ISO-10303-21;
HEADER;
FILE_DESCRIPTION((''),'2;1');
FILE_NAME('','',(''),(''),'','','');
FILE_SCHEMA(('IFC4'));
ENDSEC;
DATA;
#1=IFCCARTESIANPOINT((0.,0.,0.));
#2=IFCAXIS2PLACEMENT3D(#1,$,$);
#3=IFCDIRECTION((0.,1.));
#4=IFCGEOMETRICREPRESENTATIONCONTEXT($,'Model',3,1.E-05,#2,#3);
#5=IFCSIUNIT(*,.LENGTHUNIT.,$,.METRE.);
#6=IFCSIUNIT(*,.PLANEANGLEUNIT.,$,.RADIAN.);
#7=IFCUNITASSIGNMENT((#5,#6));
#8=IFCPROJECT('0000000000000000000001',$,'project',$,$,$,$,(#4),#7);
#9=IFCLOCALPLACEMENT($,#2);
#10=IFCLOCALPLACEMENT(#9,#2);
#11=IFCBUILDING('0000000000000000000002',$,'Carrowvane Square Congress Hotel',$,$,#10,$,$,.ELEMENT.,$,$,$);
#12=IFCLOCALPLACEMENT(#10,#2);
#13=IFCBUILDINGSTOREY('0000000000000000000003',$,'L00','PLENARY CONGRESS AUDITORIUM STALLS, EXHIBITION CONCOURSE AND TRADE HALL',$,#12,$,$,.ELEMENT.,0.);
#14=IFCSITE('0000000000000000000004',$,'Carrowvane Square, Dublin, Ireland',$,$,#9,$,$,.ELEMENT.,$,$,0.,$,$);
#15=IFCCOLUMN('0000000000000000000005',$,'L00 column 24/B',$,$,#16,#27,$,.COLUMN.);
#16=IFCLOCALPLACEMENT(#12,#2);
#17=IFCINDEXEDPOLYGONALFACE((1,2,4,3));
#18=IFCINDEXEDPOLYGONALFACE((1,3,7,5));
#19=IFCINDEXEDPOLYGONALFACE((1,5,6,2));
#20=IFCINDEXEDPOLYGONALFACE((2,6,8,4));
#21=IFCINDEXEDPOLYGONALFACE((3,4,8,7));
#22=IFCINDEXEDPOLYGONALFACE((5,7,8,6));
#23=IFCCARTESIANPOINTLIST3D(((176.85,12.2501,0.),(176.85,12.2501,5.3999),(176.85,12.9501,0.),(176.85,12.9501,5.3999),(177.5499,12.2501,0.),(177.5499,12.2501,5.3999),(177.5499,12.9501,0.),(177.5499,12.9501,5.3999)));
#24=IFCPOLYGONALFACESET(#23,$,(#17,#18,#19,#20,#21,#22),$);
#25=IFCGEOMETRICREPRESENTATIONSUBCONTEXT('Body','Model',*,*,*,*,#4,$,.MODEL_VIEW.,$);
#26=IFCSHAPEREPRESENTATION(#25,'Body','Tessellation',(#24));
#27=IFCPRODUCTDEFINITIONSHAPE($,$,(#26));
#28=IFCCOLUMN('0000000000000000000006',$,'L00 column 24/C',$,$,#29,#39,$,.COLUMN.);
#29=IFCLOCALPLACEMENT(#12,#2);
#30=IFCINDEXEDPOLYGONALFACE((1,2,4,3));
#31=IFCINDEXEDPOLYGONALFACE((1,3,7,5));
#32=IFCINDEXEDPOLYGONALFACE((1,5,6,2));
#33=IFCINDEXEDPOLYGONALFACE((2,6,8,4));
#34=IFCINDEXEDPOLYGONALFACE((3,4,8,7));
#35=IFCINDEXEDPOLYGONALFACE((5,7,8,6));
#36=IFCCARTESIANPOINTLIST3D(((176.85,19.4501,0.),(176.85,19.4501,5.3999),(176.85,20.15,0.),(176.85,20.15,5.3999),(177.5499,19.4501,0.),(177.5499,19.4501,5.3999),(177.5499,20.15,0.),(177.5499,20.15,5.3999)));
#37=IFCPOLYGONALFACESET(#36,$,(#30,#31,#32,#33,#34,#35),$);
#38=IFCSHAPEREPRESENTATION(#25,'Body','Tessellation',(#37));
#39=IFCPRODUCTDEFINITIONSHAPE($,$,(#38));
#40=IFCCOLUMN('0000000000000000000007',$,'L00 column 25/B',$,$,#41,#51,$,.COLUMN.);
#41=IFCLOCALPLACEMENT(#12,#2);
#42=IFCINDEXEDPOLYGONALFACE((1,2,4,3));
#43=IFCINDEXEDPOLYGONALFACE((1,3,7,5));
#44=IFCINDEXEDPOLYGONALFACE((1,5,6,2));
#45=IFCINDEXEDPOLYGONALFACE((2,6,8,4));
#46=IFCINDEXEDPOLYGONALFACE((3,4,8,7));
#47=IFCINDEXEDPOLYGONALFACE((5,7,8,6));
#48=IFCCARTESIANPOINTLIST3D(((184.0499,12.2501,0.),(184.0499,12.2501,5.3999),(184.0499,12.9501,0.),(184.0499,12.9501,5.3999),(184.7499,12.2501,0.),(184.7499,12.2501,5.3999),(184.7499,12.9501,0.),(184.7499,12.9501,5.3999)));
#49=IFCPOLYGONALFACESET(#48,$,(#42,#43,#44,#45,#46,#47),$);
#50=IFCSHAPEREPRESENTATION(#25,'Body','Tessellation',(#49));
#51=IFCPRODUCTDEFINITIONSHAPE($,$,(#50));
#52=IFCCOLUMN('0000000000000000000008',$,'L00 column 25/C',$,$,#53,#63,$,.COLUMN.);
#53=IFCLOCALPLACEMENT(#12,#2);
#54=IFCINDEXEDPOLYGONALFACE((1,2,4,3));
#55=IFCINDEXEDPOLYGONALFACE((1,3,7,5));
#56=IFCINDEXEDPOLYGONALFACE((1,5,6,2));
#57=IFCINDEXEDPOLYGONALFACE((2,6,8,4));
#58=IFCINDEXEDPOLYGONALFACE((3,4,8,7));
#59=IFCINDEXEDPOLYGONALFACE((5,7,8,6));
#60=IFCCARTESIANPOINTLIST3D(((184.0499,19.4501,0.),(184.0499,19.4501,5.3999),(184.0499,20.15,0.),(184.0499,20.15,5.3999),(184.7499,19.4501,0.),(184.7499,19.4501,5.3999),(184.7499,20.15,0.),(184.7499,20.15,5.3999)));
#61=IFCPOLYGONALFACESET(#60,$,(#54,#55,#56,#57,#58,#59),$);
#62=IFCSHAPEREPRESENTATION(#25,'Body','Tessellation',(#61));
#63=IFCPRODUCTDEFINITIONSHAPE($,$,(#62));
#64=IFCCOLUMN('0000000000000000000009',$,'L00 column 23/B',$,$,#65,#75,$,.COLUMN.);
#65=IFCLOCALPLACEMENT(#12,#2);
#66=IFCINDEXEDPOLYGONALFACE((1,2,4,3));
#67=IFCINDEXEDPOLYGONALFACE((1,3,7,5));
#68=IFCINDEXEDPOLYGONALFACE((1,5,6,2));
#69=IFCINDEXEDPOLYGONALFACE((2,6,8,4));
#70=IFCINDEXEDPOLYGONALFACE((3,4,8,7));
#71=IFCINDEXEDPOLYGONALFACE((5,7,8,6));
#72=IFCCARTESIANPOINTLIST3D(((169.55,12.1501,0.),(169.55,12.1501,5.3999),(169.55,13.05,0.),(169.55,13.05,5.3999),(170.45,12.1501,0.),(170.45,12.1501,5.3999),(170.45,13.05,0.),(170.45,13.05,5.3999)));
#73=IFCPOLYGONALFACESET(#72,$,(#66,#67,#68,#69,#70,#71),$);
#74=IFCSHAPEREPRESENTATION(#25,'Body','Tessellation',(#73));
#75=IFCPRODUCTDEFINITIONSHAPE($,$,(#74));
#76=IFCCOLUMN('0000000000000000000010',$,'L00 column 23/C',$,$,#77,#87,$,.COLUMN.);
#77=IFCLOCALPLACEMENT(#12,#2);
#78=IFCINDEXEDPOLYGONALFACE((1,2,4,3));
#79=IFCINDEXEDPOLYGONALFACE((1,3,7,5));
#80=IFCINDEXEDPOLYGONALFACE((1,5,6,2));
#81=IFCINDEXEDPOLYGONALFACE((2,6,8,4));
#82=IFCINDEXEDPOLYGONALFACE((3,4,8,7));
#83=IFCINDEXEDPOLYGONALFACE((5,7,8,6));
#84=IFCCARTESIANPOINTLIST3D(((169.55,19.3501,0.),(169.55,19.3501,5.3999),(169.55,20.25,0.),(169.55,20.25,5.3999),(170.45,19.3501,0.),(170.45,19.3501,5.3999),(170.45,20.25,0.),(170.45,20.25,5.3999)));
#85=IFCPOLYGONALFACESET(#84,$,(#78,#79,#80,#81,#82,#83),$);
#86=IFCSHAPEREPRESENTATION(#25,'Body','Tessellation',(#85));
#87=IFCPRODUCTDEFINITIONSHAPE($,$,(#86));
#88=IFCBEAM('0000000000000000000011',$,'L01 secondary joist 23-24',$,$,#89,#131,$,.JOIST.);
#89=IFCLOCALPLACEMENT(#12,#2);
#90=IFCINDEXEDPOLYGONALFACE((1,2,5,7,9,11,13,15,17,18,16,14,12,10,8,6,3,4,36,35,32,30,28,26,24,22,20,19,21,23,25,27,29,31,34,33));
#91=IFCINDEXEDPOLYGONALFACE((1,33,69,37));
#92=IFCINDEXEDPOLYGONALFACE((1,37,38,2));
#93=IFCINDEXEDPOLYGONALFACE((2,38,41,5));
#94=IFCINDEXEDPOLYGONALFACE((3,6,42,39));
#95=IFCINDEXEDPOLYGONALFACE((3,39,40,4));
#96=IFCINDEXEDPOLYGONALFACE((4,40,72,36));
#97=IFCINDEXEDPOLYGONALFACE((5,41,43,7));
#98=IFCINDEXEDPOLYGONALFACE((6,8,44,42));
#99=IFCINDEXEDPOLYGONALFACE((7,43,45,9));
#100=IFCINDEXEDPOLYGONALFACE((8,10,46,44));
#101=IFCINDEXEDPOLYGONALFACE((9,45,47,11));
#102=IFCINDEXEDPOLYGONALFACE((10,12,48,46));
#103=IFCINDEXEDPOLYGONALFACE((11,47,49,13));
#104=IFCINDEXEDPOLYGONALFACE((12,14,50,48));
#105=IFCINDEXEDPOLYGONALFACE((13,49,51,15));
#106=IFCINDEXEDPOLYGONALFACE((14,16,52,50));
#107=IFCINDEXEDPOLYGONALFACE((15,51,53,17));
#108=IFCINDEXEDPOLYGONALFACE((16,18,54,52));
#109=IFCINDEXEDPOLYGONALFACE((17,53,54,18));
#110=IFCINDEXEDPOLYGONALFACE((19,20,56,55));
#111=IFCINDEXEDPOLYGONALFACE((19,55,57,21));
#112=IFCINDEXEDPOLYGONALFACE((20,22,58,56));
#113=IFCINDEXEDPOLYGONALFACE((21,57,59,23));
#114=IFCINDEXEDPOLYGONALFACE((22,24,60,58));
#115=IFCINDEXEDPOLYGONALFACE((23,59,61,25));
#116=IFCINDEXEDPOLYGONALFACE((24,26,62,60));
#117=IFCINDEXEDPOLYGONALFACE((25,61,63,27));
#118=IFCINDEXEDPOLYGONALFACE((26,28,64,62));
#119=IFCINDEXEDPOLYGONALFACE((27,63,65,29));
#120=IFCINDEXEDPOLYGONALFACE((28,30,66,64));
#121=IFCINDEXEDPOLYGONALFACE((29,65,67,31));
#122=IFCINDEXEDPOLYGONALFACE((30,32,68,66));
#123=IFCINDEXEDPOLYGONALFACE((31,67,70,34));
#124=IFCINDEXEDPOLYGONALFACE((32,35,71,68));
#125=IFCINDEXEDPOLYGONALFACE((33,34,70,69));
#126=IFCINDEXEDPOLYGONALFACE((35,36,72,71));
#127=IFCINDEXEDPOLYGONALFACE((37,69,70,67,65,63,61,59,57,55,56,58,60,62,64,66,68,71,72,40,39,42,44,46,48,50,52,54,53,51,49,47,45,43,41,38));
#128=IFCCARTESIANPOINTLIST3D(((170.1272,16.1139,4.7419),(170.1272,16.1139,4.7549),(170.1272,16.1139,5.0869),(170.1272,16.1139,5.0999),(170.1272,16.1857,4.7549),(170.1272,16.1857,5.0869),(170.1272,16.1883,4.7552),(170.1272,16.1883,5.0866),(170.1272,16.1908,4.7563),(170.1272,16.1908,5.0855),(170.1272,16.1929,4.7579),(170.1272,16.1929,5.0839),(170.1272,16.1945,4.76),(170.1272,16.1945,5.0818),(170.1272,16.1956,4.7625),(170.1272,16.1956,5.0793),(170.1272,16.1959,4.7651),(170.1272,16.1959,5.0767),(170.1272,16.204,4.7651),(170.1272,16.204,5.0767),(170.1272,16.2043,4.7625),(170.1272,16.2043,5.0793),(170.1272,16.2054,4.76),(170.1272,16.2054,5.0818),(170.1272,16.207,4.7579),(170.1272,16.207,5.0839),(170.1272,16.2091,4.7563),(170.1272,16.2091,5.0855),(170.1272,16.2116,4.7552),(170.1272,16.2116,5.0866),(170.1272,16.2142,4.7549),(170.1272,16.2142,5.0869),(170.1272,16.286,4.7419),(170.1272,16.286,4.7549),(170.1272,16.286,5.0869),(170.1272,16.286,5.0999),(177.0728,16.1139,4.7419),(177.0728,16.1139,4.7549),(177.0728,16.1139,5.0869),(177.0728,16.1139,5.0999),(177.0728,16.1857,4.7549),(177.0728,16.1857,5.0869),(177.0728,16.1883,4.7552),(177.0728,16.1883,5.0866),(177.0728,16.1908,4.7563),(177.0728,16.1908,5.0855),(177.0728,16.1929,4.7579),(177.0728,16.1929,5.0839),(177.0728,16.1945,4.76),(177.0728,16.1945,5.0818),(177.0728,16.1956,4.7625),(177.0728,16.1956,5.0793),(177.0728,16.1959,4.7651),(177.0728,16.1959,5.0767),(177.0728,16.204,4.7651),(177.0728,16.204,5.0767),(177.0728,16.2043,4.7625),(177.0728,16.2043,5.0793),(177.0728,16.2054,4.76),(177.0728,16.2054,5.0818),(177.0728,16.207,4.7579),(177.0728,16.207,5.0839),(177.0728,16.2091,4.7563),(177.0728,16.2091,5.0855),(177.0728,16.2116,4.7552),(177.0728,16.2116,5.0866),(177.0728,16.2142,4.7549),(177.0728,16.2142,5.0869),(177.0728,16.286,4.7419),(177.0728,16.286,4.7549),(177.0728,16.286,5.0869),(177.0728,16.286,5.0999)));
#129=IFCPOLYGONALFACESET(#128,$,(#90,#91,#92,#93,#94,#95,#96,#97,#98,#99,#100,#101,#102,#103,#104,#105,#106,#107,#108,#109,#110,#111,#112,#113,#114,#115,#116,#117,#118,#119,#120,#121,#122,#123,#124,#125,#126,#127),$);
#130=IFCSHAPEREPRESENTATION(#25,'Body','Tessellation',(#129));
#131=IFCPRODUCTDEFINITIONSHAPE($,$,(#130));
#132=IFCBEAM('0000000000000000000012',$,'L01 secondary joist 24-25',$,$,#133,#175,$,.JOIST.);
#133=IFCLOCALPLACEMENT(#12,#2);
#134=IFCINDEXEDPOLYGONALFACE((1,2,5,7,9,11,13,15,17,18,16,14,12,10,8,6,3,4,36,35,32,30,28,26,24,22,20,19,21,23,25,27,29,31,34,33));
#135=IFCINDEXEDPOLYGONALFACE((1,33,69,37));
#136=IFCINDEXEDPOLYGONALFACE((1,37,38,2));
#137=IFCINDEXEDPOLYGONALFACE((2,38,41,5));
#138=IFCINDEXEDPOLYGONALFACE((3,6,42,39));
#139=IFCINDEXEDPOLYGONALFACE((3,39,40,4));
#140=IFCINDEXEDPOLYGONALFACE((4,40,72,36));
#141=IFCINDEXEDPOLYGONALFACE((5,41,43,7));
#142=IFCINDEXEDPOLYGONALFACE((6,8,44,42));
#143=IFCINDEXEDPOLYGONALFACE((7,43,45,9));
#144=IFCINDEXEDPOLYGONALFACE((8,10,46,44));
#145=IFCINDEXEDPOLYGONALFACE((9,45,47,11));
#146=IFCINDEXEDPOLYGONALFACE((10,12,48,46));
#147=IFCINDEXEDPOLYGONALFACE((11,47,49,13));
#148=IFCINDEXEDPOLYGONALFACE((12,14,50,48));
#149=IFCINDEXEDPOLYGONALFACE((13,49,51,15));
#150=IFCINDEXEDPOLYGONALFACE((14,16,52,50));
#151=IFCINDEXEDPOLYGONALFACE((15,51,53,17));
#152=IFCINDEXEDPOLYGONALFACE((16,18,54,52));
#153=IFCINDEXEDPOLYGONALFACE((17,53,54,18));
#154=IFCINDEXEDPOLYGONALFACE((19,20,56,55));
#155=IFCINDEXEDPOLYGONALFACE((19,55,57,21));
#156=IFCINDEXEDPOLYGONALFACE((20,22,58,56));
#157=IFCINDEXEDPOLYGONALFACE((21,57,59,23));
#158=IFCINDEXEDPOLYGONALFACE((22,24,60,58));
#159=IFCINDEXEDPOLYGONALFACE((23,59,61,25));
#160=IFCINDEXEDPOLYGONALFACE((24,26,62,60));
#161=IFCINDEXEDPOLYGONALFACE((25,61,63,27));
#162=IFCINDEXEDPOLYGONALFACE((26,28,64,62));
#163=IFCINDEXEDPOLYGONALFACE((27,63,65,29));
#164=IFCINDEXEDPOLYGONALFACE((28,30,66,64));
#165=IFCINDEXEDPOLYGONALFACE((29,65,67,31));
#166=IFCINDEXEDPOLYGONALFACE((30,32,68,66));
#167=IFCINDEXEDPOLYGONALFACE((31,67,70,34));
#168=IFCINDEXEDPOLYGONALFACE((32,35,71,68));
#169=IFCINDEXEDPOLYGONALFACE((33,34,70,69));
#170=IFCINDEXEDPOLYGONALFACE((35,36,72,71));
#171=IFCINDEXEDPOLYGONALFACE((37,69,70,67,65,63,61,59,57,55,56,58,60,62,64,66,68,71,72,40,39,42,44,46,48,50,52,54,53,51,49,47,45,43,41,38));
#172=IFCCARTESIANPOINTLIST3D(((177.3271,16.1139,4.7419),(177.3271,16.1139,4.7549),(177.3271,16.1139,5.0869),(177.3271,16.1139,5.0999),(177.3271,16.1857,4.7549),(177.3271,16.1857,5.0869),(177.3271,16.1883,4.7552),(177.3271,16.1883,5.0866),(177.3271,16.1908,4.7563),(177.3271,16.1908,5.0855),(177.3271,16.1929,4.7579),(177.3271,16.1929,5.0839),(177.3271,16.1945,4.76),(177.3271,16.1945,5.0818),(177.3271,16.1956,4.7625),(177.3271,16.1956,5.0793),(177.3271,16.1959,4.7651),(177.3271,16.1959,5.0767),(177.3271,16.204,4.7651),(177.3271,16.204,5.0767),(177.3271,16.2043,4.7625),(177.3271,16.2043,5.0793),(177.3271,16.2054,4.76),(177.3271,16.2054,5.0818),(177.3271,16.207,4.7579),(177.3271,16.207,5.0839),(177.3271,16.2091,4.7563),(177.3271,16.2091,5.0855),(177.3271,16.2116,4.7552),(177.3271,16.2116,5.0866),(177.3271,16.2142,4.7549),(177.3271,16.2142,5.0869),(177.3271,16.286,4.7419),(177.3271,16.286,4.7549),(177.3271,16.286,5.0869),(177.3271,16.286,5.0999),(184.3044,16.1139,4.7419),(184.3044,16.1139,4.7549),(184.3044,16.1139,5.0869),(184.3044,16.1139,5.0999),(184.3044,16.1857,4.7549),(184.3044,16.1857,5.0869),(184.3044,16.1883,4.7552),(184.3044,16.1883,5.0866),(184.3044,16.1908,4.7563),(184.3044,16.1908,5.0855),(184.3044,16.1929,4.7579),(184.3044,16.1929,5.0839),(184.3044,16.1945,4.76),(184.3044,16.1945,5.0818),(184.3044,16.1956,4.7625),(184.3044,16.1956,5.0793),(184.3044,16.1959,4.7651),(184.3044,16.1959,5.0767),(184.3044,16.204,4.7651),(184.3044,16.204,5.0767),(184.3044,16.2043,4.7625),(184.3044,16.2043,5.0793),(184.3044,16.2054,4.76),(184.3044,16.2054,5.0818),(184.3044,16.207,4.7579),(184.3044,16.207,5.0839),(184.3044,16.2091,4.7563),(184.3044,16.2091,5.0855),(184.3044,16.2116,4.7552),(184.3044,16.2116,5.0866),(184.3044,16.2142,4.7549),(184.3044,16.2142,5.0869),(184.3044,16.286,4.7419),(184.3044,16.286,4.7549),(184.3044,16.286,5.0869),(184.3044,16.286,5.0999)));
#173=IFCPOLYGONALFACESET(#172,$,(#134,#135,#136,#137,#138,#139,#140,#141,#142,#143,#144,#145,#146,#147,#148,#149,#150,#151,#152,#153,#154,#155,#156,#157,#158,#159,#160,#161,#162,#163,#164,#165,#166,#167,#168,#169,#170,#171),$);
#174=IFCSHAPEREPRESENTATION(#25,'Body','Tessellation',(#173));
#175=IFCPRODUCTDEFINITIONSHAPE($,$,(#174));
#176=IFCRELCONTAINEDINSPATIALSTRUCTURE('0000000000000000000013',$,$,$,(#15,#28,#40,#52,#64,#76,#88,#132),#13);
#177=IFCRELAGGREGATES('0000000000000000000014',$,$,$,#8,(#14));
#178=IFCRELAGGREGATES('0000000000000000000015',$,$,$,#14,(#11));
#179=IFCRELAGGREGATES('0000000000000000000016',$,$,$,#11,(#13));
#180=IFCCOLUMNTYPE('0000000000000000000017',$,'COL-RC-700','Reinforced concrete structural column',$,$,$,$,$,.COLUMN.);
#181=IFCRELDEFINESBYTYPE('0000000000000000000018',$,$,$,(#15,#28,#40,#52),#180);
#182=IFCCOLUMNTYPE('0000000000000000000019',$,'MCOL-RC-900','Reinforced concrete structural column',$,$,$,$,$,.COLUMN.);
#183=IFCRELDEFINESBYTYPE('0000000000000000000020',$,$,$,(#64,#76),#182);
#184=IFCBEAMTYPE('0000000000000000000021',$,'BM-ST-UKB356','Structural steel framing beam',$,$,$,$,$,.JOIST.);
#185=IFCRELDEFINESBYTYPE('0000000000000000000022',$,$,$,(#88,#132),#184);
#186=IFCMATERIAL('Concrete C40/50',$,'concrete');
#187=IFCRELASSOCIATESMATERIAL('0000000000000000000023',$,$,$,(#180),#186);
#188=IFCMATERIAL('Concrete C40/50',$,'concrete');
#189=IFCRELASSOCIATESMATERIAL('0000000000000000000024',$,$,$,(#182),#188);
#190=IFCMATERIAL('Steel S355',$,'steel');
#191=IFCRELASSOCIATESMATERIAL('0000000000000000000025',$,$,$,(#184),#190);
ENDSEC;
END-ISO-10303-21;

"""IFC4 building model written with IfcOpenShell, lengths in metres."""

from ifc_helpers import new_model, si_unit, direction, frame, origin, origin_2d, place, context, subcontext, project, spatial, rectangle, i_section, extrude, material, material_profile, profile_set, type_object, element, save


model = new_model("IFC4")

# Units and contexts
model_context = context("Model", 3, precision=1e-05, world=origin(), true_north=direction((0.0, 1.0)))
body_context = subcontext(model_context, "Body", "Model", "MODEL_VIEW")
ifc_project = project(units=[si_unit("LENGTHUNIT", "METRE"), si_unit("PLANEANGLEUNIT", "RADIAN")], contexts=[model_context])

# Site, building, storey
site_placement = place(None, origin())
site = spatial("IfcSite", under=ifc_project, at=site_placement, Name="Carrowvane Square, Dublin, Ireland", CompositionType="ELEMENT", RefElevation=0.0)
building_placement = place(site_placement, origin())
building = spatial("IfcBuilding", under=site, at=building_placement, Name="Carrowvane Square Congress Hotel", CompositionType="ELEMENT")
storey_placement = place(building_placement, origin())
storey = spatial("IfcBuildingStorey", under=building, at=storey_placement, Name="L00", Description="PLENARY CONGRESS AUDITORIUM STALLS, EXHIBITION CONCOURSE AND TRADE HALL", CompositionType="ELEMENT", Elevation=0.0)

# Columns
ifc_material_1 = material(Name="Concrete C40/50", Category="concrete")
ifc_material_profile_1 = material_profile(ifc_material_1, rectangle(XDim=0.7, YDim=0.7, at=origin_2d()), Name="RC 700x700")
ifc_profile_set_1 = profile_set([ifc_material_profile_1], Name="Concrete C40/50")
column_type_1 = type_object("IfcColumnType", Name="COL-RC-700", Description="Reinforced concrete structural column", PredefinedType="COLUMN", material=ifc_profile_set_1)
for number, where, z_axis, x_axis, name in (
    (1, (177.2, 12.6001, 0.0), (0.0, 0.0, 1.0), (1.0, 0.0, 0.0), "L00 column 24/B"),
    (2, (177.2, 19.8, 0.0), (0.0, 0.0, 1.0), (1.0, 0.0, 0.0), "L00 column 24/C"),
    (3, (184.3999, 12.6001, 0.0), (0.0, 0.0, 1.0), (1.0, 0.0, 0.0), "L00 column 25/B"),
    (4, (184.3999, 19.8, 0.0), (0.0, 0.0, 1.0), (1.0, 0.0, 0.0), "L00 column 25/C"),
):
    element("IfcColumn", number, at=place(storey_placement, frame(where, z_axis=z_axis, x_axis=x_axis)), inside=storey, type_object=column_type_1, Name=name, PredefinedType="COLUMN", context=body_context, shape_type="SweptSolid", body=[
        extrude(rectangle(XDim=0.7, YDim=0.7, at=origin_2d()), origin(), (0.0, 0.0, 1.0), 5.3999),
    ])
ifc_material_2 = material(Name="Concrete C40/50", Category="concrete")
ifc_material_profile_2 = material_profile(ifc_material_2, rectangle(XDim=0.8999, YDim=0.8999, at=origin_2d()), Name="RC 900x900")
ifc_profile_set_2 = profile_set([ifc_material_profile_2], Name="Concrete C40/50")
column_type_2 = type_object("IfcColumnType", Name="MCOL-RC-900", Description="Reinforced concrete structural column", PredefinedType="COLUMN", material=ifc_profile_set_2)
for number, where, z_axis, x_axis, name in (
    (5, (170.0, 12.6001, 0.0), (0.0, 0.0, 1.0), (1.0, 0.0, 0.0), "L00 column 23/B"),
    (6, (170.0, 19.8, 0.0), (0.0, 0.0, 1.0), (1.0, 0.0, 0.0), "L00 column 23/C"),
):
    element("IfcColumn", number, at=place(storey_placement, frame(where, z_axis=z_axis, x_axis=x_axis)), inside=storey, type_object=column_type_2, Name=name, PredefinedType="COLUMN", context=body_context, shape_type="SweptSolid", body=[
        extrude(rectangle(XDim=0.8999, YDim=0.8999, at=origin_2d()), origin(), (0.0, 0.0, 1.0), 5.3999),
    ])

# Beams
ifc_material_3 = material(Name="Steel S355", Category="steel")
ifc_material_profile_3 = material_profile(ifc_material_3, i_section(OverallWidth=0.1721, OverallDepth=0.3579, WebThickness=0.0081, FlangeThickness=0.0129, FilletRadius=0.0103, at=origin_2d()), Name="UKB 356x171x57")
ifc_profile_set_3 = profile_set([ifc_material_profile_3], Name="Steel S355")
beam_type_1 = type_object("IfcBeamType", Name="BM-ST-UKB356", Description="Structural steel framing beam", PredefinedType="JOIST", material=ifc_profile_set_3)
beam_1_placement = place(storey_placement, frame((170.1272, 16.2, 4.9209), z_axis=(1.0, 0.0, 0.0), x_axis=(0.0, 1.0, 0.0)))
element("IfcBeam", 7, at=beam_1_placement, inside=storey, type_object=beam_type_1, Name="L01 secondary joist 23-24", PredefinedType="JOIST", context=body_context, shape_type="SweptSolid", body=[
    extrude(i_section(OverallWidth=0.1721, OverallDepth=0.3579, WebThickness=0.0081, FlangeThickness=0.0129, FilletRadius=0.0103, at=origin_2d()), origin(), (0.0, 0.0, 1.0), 6.9456),
])
beam_2_placement = place(storey_placement, frame((177.3271, 16.2, 4.9209), z_axis=(1.0, 0.0, 0.0), x_axis=(0.0, 1.0, 0.0)))
element("IfcBeam", 8, at=beam_2_placement, inside=storey, type_object=beam_type_1, Name="L01 secondary joist 24-25", PredefinedType="JOIST", context=body_context, shape_type="SweptSolid", body=[
    extrude(i_section(OverallWidth=0.1721, OverallDepth=0.3579, WebThickness=0.0081, FlangeThickness=0.0129, FilletRadius=0.0103, at=origin_2d()), origin(), (0.0, 0.0, 1.0), 6.9773),
])

save(model, "model.ifc")
